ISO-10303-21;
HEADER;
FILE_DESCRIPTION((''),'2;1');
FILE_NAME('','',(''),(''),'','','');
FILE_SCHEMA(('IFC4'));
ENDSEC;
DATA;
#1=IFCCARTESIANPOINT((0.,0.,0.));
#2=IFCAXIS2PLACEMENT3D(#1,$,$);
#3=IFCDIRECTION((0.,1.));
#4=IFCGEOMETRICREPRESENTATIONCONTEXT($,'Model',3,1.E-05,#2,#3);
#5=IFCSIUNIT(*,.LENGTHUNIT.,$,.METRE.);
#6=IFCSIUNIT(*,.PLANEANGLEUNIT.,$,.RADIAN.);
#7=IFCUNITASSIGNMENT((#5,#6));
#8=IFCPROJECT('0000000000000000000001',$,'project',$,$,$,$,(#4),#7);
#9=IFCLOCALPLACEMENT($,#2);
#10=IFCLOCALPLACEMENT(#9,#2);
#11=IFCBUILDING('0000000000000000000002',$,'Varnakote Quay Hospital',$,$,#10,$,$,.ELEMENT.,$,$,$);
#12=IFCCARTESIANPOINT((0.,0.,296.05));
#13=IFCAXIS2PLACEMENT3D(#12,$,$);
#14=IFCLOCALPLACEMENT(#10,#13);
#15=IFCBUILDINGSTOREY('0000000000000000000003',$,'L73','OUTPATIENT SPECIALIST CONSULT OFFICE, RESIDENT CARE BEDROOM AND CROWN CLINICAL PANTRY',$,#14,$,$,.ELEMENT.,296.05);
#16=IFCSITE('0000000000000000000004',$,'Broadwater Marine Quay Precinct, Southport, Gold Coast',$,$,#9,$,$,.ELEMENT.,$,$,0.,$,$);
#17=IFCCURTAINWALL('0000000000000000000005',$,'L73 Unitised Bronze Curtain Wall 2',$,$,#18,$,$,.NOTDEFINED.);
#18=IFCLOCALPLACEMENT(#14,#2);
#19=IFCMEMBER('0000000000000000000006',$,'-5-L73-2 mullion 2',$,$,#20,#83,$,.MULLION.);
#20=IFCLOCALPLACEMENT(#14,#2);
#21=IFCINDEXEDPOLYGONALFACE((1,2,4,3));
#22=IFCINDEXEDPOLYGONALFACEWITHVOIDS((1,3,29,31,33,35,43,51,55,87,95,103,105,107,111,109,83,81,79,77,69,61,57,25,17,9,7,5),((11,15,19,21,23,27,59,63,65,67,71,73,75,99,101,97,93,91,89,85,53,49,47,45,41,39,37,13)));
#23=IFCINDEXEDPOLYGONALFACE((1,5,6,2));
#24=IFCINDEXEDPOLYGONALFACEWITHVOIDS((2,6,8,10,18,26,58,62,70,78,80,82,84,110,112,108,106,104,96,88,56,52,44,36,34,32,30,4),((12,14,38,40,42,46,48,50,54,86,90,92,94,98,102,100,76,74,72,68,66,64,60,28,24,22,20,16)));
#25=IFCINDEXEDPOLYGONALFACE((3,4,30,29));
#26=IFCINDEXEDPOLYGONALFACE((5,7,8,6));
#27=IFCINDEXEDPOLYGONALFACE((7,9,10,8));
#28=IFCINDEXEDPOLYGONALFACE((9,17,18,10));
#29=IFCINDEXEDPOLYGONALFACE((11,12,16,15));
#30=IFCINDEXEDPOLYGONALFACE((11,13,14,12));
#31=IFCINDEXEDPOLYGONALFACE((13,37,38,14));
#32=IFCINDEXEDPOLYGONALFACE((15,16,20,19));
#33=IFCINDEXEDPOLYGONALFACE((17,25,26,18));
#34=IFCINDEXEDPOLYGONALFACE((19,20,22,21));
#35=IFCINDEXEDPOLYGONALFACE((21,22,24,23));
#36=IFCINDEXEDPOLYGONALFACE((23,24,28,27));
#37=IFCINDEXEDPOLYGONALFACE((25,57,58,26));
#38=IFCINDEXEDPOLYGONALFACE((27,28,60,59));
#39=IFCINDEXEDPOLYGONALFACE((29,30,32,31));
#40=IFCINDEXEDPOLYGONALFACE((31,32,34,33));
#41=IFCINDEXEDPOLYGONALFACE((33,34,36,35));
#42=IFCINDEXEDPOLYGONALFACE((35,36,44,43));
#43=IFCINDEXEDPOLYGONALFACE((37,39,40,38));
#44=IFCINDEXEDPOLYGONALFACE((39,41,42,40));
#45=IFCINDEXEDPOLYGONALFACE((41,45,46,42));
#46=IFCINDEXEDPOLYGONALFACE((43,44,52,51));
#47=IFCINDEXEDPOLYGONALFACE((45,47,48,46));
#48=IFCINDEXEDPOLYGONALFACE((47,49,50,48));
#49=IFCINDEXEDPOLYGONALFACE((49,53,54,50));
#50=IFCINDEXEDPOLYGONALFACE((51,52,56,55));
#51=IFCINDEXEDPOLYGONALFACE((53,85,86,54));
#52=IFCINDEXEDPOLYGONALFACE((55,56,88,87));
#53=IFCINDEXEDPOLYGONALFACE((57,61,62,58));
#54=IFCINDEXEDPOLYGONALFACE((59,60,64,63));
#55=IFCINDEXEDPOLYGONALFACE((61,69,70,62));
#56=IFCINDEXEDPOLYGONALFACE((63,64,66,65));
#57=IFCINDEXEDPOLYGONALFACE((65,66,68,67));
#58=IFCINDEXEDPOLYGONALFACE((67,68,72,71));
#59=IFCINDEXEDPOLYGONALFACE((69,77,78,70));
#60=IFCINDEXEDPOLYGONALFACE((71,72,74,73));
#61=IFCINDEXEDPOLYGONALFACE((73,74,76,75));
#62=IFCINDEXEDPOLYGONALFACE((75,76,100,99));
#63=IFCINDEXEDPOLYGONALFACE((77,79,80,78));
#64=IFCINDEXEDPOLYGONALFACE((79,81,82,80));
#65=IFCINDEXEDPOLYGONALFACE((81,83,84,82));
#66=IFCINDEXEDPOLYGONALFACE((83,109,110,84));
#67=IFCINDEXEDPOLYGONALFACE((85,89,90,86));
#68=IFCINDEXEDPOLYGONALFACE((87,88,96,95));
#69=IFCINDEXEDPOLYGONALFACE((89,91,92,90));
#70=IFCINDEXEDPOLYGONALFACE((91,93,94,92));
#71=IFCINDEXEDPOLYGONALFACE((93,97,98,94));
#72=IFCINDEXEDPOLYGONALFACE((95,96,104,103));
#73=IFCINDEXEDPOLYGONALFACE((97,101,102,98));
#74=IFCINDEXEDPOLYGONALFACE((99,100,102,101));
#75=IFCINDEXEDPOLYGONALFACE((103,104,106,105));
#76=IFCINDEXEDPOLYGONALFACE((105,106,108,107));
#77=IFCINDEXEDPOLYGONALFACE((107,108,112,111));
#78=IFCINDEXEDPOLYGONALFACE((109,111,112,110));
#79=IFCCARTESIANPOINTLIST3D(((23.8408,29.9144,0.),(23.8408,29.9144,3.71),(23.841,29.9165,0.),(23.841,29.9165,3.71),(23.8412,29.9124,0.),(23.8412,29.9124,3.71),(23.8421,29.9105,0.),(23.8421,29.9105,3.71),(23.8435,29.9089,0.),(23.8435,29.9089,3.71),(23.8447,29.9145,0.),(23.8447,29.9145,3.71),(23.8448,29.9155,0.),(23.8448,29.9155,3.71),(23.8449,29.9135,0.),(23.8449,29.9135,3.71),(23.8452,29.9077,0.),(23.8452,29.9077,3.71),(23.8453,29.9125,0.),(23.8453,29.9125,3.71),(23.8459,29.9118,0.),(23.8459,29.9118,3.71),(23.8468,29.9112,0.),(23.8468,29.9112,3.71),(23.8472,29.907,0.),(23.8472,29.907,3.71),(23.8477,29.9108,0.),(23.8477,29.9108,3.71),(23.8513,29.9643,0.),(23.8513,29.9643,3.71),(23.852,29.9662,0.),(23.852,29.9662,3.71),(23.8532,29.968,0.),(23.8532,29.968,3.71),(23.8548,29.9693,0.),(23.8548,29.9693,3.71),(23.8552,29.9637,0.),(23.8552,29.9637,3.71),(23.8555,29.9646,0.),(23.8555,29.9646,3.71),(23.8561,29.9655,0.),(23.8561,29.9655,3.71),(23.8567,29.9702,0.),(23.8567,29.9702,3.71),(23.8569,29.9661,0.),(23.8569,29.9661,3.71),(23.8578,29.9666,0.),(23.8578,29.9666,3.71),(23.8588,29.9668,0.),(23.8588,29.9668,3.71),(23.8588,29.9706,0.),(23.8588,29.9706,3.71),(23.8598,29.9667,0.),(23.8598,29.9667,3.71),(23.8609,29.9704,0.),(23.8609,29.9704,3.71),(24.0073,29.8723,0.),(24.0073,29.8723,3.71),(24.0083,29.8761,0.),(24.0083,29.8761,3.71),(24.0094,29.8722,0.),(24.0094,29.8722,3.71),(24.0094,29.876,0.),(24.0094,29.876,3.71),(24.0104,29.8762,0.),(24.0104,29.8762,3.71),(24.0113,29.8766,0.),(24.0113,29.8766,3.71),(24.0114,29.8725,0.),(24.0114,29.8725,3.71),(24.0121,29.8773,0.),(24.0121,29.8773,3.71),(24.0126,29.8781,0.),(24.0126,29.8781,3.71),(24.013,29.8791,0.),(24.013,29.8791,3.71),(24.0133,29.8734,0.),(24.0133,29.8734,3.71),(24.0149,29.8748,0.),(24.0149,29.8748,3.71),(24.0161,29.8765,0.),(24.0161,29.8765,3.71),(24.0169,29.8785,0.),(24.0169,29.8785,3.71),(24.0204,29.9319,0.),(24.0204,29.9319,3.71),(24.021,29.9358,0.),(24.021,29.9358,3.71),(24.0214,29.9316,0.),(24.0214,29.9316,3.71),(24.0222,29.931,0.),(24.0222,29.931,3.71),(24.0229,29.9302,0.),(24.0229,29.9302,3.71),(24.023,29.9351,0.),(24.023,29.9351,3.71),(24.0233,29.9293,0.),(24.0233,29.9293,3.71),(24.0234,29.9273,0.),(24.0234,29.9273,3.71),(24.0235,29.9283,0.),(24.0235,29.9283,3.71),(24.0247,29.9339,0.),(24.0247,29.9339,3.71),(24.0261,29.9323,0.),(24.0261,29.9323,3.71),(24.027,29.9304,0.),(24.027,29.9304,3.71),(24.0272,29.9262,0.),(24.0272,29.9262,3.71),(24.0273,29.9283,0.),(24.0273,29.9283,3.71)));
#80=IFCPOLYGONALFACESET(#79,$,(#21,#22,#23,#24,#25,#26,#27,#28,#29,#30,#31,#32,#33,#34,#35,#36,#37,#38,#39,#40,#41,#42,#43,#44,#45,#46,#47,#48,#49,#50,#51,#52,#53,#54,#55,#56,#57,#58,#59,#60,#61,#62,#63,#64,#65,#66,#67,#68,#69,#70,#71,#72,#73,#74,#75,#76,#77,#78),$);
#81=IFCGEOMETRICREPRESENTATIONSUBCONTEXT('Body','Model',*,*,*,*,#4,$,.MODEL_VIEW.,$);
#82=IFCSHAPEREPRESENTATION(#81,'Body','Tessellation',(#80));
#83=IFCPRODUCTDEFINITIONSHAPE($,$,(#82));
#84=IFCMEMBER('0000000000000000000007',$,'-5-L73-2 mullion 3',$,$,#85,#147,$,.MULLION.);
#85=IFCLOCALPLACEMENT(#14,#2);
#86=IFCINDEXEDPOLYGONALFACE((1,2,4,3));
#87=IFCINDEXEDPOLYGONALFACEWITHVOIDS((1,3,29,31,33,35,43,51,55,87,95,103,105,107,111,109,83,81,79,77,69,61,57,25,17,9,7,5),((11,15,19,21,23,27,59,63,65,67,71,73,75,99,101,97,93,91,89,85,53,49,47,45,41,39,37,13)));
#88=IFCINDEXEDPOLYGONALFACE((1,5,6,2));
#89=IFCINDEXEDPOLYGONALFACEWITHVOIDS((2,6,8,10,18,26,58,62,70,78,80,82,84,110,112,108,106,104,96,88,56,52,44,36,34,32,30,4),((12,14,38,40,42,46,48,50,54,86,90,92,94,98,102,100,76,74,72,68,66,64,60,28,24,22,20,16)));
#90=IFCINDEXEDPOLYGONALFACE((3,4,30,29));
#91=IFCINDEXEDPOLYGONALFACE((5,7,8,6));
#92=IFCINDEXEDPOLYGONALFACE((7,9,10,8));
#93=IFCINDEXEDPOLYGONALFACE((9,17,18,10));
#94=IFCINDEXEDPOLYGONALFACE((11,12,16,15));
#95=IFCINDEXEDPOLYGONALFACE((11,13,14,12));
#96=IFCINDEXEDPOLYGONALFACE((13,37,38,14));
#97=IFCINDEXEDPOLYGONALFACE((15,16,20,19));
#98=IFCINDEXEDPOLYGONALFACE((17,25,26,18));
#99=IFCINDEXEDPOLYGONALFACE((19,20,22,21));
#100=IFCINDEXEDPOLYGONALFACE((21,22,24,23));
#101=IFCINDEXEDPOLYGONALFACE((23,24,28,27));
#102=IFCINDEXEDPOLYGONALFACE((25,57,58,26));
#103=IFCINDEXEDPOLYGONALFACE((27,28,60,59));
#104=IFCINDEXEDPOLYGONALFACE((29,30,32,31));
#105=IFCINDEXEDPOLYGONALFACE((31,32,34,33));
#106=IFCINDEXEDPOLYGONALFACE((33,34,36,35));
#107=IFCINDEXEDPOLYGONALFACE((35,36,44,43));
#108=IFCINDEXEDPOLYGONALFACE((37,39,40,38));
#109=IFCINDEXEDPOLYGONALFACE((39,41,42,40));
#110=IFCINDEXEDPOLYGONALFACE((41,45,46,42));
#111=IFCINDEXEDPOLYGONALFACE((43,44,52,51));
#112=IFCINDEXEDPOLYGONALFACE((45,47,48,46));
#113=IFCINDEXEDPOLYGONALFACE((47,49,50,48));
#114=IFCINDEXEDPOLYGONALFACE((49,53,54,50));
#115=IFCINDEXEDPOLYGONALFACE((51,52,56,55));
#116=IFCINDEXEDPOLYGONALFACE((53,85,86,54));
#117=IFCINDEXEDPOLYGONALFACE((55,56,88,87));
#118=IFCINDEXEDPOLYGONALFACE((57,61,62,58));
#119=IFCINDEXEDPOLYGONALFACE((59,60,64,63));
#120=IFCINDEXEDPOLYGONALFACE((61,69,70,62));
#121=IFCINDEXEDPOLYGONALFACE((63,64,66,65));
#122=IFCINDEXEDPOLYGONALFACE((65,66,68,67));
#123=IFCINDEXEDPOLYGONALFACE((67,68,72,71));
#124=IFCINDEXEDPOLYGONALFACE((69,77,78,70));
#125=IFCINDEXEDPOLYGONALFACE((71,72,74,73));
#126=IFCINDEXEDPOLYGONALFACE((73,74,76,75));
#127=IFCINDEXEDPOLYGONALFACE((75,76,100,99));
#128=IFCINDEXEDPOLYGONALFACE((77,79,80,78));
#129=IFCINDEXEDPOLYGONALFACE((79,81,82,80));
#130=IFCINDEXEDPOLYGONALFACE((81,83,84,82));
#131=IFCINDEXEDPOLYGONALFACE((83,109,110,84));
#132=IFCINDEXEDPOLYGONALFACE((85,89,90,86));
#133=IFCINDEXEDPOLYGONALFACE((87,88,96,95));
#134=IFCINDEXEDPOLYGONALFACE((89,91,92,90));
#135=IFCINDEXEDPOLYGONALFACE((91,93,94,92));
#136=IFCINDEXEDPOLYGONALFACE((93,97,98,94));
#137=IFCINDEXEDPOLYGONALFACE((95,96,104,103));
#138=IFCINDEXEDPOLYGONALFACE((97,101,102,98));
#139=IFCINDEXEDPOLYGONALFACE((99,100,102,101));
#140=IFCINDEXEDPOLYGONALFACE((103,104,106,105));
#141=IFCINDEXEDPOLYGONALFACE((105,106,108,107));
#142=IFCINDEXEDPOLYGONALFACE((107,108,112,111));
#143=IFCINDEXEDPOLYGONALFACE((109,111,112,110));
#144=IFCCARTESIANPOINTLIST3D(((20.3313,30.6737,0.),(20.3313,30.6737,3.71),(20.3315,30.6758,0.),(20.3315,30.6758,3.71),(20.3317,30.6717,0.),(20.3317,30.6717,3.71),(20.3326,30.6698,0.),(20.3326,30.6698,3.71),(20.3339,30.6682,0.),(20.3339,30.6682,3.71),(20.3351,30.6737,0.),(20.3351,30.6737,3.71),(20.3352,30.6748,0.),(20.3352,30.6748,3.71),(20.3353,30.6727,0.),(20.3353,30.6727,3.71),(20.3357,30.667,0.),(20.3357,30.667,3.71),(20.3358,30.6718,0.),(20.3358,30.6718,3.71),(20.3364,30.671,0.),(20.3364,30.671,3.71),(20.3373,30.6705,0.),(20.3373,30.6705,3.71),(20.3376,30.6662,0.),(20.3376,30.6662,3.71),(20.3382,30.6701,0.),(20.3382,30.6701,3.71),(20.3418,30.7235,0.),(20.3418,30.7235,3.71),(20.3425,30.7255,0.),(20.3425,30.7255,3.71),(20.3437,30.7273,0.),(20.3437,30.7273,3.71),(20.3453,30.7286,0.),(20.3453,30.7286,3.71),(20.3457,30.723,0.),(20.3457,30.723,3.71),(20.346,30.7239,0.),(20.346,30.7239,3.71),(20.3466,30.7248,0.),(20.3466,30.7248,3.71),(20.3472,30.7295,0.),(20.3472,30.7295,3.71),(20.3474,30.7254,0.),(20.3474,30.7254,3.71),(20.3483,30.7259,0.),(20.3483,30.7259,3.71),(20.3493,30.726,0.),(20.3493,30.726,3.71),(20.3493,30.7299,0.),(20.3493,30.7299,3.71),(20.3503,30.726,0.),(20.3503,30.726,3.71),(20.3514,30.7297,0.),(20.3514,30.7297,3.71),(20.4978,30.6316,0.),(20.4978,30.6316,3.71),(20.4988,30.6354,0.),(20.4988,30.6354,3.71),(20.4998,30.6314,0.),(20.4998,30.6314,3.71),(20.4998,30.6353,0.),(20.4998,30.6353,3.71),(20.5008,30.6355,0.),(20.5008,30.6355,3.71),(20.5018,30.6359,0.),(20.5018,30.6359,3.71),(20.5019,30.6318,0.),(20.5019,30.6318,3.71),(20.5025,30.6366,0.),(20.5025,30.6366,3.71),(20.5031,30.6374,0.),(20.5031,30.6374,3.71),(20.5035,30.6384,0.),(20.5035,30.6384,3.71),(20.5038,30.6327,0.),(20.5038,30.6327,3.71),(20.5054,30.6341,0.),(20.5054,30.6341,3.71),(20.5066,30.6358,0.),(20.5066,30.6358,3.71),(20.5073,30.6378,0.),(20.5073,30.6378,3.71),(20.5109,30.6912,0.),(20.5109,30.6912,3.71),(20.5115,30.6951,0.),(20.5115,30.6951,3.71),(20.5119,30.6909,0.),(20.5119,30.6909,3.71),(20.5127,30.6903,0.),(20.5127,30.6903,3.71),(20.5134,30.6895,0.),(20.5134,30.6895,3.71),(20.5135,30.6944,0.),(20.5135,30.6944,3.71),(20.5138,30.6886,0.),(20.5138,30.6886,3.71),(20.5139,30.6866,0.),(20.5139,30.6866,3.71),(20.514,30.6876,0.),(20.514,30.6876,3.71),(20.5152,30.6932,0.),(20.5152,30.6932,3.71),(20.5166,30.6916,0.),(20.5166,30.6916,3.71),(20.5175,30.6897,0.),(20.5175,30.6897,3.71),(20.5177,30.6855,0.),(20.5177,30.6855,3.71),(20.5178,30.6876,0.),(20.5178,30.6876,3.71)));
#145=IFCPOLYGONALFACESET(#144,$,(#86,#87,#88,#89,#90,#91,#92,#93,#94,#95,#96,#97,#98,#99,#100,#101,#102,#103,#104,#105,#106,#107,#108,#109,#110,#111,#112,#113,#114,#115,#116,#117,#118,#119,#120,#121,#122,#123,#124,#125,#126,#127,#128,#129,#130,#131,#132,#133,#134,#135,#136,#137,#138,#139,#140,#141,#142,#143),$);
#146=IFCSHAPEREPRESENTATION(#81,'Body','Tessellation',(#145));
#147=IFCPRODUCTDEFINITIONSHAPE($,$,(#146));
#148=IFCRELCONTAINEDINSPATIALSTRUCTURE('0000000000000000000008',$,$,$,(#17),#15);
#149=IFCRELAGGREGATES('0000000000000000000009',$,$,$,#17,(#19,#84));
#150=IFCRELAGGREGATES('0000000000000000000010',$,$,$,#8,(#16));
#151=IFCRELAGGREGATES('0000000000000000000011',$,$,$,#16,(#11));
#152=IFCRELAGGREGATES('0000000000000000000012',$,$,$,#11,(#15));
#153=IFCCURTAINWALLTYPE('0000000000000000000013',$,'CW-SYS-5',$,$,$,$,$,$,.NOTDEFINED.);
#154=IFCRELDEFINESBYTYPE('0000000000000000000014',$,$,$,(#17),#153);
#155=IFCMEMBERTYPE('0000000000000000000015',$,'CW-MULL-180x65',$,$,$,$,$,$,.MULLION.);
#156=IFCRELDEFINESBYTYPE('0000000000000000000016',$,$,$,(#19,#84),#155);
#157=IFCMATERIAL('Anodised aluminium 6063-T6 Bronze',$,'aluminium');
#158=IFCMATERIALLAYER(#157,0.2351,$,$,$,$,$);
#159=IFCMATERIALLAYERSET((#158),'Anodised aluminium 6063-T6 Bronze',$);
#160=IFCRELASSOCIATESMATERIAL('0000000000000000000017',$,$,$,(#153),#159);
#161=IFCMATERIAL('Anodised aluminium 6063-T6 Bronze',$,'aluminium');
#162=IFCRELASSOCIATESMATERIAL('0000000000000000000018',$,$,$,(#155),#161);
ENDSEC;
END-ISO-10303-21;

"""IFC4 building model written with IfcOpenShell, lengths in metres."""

from ifc_helpers import new_model, si_unit, direction, frame, origin, origin_2d, place, context, subcontext, project, spatial, hollow_rectangle, extrude, material, layer, layer_set, material_profile, profile_set, type_object, element, aggregate, save


model = new_model("IFC4")

# Units and contexts
model_context = context("Model", 3, precision=1e-05, world=origin(), true_north=direction((0.0, 1.0)))
body_context = subcontext(model_context, "Body", "Model", "MODEL_VIEW")
ifc_project = project(units=[si_unit("LENGTHUNIT", "METRE"), si_unit("PLANEANGLEUNIT", "RADIAN")], contexts=[model_context])

# Site, building, storey
site_placement = place(None, origin())
site = spatial("IfcSite", under=ifc_project, at=site_placement, Name="Broadwater Marine Quay Precinct, Southport, Gold Coast", CompositionType="ELEMENT", RefElevation=0.0)
building_placement = place(site_placement, origin())
building = spatial("IfcBuilding", under=site, at=building_placement, Name="Varnakote Quay Hospital", CompositionType="ELEMENT")
storey_placement = place(building_placement, frame((0.0, 0.0, 296.05)))
storey = spatial("IfcBuildingStorey", under=building, at=storey_placement, Name="L73", Description="OUTPATIENT SPECIALIST CONSULT OFFICE, RESIDENT CARE BEDROOM AND CROWN CLINICAL PANTRY", CompositionType="ELEMENT", Elevation=296.05)

# Shared definitions
ifc_material_1 = material(Name="Anodised aluminium 6063-T6 Bronze", Category="aluminium")
ifc_layer_1 = layer(ifc_material_1, 0.2351)
ifc_layer_set_1 = layer_set([ifc_layer_1], Name="Anodised aluminium 6063-T6 Bronze")
curtain_wall_type = type_object("IfcCurtainWallType", Name="CW-SYS-5", PredefinedType="NOTDEFINED", material=ifc_layer_set_1)
ifc_material_2 = material(Name="Anodised aluminium 6063-T6 Bronze", Category="aluminium")
ifc_material_profile_1 = material_profile(ifc_material_2, hollow_rectangle(XDim=0.0649, YDim=0.1799, WallThickness=0.0039, InnerFilletRadius=0.0039, OuterFilletRadius=0.0081, at=origin_2d()), Name="CW-MULL-180x65")
ifc_profile_set_1 = profile_set([ifc_material_profile_1], Name="Anodised aluminium 6063-T6 Bronze")
member_type_1 = type_object("IfcMemberType", Name="CW-MULL-180x65", PredefinedType="MULLION", material=ifc_profile_set_1)

# Curtain wall, members
curtain_wall_1_placement = place(storey_placement, origin())
curtain_wall_1 = element("IfcCurtainWall", 1, at=curtain_wall_1_placement, inside=storey, type_object=curtain_wall_type, Name="L73 Unitised Bronze Curtain Wall 2", PredefinedType="NOTDEFINED")
member_1_placement = place(storey_placement, frame((23.9341, 29.9214, 0.0), z_axis=(0.0, 0.0, 1.0), x_axis=(-0.211408, -0.977398, 0.0)))
member_1 = element("IfcMember", 2, at=member_1_placement, type_object=member_type_1, Name="-5-L73-2 mullion 2", PredefinedType="MULLION", context=body_context, shape_type="SweptSolid", body=[
    extrude(hollow_rectangle(XDim=0.0649, YDim=0.1799, WallThickness=0.0039, InnerFilletRadius=0.0039, OuterFilletRadius=0.0081, at=origin_2d()), origin(), (0.0, 0.0, 1.0), 3.71),
])
member_2_placement = place(storey_placement, frame((20.4246, 30.6807, 0.0), z_axis=(0.0, 0.0, 1.0), x_axis=(-0.211408, -0.977398, 0.0)))
member_2 = element("IfcMember", 3, at=member_2_placement, type_object=member_type_1, Name="-5-L73-2 mullion 3", PredefinedType="MULLION", context=body_context, shape_type="SweptSolid", body=[
    extrude(hollow_rectangle(XDim=0.0649, YDim=0.1799, WallThickness=0.0039, InnerFilletRadius=0.0039, OuterFilletRadius=0.0081, at=origin_2d()), origin(), (0.0, 0.0, 1.0), 3.71),
])

aggregate(curtain_wall_1, [member_1, member_2])

save(model, "model.ifc")
